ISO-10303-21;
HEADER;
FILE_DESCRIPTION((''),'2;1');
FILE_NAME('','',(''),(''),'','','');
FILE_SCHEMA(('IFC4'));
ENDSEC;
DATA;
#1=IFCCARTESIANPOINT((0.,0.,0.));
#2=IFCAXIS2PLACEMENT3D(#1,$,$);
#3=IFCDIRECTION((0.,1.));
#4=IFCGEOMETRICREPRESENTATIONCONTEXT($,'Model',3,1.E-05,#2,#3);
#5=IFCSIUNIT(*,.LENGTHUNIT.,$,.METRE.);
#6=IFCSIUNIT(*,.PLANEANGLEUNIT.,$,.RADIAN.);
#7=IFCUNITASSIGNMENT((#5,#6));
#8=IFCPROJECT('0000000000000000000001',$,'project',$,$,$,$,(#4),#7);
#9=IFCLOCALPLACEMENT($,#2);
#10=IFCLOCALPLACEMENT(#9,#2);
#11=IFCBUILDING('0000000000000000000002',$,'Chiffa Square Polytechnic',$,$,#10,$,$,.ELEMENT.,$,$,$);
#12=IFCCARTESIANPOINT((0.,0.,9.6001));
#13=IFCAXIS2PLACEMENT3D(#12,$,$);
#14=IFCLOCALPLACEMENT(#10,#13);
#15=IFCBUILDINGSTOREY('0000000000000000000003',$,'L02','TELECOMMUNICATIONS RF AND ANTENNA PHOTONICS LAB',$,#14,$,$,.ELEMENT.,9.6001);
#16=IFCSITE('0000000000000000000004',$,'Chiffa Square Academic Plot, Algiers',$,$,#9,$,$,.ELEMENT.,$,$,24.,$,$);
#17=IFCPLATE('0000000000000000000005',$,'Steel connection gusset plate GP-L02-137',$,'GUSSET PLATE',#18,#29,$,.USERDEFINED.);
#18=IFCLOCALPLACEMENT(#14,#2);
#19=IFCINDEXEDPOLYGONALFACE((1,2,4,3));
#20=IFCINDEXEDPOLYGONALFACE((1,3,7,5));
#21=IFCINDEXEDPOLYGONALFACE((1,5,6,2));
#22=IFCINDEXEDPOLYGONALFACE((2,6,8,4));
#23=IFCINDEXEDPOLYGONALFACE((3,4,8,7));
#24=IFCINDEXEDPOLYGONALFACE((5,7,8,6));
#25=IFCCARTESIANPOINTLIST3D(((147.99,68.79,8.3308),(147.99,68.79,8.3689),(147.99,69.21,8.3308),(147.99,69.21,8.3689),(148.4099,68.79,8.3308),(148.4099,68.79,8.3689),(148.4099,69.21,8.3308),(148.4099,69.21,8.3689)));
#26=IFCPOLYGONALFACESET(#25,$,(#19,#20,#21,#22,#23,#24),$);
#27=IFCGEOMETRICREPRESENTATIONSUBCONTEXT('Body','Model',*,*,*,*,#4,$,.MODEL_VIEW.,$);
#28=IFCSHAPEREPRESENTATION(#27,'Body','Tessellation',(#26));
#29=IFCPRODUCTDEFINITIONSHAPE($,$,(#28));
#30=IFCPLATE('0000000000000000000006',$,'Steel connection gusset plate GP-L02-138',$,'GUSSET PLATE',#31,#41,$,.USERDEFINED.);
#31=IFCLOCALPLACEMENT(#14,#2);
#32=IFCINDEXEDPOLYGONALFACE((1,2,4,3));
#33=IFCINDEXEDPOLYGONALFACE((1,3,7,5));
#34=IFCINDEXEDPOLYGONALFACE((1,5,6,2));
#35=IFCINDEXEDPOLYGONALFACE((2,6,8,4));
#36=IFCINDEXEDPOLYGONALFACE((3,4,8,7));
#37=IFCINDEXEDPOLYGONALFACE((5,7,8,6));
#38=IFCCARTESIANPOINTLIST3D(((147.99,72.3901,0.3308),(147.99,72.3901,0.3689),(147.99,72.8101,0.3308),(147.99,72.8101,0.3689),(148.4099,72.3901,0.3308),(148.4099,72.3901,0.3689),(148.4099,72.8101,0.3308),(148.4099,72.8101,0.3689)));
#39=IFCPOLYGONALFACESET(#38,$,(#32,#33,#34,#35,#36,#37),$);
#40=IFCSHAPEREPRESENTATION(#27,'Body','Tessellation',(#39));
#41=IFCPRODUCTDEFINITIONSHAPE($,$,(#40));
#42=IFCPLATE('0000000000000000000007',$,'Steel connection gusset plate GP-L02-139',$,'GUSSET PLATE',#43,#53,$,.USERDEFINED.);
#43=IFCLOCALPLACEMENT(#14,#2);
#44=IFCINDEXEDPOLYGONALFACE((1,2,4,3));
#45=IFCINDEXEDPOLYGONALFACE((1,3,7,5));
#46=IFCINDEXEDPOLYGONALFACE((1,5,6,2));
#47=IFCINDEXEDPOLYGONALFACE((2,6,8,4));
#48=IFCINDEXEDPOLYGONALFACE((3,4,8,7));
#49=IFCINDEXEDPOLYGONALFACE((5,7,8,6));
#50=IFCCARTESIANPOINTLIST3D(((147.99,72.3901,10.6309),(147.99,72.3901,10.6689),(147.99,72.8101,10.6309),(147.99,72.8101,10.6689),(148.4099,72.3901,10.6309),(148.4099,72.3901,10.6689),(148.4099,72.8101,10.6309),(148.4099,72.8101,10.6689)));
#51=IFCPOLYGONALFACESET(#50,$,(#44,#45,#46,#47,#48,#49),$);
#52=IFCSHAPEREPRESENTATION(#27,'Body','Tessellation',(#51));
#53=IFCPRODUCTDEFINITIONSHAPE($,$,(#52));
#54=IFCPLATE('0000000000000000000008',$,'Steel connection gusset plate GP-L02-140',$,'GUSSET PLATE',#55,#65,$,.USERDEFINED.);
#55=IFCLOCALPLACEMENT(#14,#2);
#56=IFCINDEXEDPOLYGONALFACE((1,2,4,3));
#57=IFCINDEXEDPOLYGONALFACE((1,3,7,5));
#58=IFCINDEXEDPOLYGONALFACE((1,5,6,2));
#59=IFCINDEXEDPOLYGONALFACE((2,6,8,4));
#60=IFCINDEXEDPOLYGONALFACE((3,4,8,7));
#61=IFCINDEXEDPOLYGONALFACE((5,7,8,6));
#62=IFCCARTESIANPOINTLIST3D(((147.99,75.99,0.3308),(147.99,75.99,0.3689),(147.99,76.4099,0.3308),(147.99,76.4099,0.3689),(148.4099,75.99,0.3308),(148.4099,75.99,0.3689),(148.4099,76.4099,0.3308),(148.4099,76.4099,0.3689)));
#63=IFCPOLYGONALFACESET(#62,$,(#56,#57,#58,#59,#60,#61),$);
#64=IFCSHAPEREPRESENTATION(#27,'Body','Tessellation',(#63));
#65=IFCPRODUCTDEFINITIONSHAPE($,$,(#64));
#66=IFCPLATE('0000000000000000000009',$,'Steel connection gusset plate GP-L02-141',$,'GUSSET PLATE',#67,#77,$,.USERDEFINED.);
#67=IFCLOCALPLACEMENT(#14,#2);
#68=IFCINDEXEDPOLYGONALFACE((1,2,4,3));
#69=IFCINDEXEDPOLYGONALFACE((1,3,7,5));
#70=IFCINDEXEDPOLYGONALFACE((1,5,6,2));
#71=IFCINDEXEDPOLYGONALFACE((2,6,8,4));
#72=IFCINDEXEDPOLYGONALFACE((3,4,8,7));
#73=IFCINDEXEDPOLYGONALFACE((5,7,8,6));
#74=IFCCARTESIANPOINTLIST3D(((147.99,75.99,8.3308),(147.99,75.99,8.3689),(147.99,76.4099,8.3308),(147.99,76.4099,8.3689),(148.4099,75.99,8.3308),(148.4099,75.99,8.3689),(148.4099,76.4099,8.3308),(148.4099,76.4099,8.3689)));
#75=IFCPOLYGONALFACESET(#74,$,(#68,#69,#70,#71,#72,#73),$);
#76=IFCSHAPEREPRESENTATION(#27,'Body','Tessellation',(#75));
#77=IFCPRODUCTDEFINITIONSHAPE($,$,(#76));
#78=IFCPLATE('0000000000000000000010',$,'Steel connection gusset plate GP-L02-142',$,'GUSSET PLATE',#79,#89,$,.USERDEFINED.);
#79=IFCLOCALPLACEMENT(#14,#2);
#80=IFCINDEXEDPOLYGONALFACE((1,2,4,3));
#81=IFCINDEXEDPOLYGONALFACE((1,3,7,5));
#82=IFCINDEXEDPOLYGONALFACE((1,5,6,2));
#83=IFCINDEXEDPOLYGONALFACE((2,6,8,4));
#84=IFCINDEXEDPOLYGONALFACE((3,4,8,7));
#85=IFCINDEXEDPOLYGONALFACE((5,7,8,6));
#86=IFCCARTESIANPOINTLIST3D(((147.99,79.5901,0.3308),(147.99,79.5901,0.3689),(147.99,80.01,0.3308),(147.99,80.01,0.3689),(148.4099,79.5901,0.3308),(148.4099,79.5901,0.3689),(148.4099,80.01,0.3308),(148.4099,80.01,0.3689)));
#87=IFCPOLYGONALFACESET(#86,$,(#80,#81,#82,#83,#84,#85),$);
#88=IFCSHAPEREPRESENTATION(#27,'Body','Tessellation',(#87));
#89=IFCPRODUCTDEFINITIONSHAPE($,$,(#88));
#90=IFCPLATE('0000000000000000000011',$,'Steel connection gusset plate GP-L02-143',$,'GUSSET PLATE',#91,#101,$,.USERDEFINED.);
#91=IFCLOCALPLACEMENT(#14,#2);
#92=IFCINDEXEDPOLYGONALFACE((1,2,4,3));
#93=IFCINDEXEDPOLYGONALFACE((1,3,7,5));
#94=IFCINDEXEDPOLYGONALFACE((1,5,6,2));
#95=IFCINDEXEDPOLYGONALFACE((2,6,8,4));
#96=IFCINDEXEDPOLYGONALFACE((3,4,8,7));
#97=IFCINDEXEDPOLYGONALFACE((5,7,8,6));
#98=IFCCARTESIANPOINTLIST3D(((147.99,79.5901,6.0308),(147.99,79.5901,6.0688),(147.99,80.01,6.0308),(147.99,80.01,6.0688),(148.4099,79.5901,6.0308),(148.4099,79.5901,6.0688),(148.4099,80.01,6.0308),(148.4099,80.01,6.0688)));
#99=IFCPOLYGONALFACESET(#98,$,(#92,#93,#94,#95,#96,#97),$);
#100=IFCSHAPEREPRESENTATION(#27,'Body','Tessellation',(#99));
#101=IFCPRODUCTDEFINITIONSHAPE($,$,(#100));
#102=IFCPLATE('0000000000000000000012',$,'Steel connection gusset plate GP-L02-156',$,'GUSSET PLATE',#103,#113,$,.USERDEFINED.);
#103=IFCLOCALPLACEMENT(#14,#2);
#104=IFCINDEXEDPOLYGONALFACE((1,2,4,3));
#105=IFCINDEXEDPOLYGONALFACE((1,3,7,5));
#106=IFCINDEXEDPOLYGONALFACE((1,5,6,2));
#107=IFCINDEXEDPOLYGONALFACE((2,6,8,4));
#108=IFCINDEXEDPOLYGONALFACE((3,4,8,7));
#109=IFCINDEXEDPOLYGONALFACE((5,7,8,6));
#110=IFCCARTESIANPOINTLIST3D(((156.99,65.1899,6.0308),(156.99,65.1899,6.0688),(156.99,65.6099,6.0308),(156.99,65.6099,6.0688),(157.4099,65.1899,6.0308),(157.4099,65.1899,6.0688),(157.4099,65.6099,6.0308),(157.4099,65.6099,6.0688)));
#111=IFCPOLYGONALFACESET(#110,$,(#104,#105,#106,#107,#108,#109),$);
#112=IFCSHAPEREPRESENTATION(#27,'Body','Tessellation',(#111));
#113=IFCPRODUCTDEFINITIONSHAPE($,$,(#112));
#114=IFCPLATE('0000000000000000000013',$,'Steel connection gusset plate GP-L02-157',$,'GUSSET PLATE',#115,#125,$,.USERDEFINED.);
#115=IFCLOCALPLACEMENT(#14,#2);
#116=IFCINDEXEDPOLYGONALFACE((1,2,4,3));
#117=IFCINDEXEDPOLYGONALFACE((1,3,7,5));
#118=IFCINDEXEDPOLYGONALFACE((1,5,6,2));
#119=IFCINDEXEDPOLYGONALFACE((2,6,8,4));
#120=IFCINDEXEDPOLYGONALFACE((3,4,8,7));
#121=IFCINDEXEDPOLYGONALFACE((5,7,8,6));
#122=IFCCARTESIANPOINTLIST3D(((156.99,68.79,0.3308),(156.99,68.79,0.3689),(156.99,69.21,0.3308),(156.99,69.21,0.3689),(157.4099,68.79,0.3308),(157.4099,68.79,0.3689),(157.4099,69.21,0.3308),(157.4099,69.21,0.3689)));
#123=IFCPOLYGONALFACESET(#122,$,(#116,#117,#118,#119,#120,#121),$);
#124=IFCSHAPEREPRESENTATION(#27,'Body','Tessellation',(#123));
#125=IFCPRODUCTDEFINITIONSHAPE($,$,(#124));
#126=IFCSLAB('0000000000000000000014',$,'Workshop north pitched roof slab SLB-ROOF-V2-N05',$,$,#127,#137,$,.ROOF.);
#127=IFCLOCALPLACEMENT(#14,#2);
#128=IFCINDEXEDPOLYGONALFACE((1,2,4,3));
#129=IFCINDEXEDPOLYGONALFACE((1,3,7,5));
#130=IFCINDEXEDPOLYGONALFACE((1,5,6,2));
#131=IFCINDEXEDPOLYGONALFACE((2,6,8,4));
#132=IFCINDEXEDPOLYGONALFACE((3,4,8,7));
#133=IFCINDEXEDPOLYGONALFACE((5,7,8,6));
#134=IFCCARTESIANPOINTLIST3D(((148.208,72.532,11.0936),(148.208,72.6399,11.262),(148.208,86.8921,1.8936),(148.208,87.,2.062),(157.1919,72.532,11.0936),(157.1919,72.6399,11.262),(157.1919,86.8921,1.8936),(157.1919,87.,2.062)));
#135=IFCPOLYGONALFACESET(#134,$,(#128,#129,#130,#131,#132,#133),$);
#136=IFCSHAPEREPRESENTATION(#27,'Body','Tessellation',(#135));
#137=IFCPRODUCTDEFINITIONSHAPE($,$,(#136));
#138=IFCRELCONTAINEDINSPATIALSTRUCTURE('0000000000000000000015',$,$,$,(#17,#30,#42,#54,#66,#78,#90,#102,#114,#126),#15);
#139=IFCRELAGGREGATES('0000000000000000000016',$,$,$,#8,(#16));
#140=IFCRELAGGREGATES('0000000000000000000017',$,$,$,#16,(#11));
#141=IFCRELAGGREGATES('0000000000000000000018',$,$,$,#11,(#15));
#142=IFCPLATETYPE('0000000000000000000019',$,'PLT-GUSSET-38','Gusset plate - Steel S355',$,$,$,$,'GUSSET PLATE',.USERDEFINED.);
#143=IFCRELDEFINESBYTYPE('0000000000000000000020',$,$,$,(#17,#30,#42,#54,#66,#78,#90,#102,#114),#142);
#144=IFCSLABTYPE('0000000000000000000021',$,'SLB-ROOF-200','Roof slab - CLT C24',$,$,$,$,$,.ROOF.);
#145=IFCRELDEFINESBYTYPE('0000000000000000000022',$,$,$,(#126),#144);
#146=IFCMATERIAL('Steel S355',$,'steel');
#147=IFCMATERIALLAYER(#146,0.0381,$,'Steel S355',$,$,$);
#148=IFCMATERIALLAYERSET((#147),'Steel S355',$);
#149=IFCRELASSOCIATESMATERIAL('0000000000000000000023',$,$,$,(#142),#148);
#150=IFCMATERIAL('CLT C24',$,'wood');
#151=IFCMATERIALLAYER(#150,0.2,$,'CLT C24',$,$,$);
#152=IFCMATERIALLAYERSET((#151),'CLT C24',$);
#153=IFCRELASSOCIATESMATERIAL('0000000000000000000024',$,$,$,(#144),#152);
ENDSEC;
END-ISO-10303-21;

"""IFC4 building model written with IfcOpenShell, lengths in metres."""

from ifc_helpers import new_model, si_unit, direction, frame, origin, origin_2d, place, context, subcontext, project, spatial, polyline, rectangle, outline, extrude, material, layer, layer_set, type_object, element, save


model = new_model("IFC4")

# Units and contexts
model_context = context("Model", 3, precision=1e-05, world=origin(), true_north=direction((0.0, 1.0)))
body_context = subcontext(model_context, "Body", "Model", "MODEL_VIEW")
ifc_project = project(units=[si_unit("LENGTHUNIT", "METRE"), si_unit("PLANEANGLEUNIT", "RADIAN")], contexts=[model_context])

# Site, building, storey
site_placement = place(None, origin())
site = spatial("IfcSite", under=ifc_project, at=site_placement, Name="Chiffa Square Academic Plot, Algiers", CompositionType="ELEMENT", RefElevation=24.0)
building_placement = place(site_placement, origin())
building = spatial("IfcBuilding", under=site, at=building_placement, Name="Chiffa Square Polytechnic", CompositionType="ELEMENT")
storey_placement = place(building_placement, frame((0.0, 0.0, 9.6001)))
storey = spatial("IfcBuildingStorey", under=building, at=storey_placement, Name="L02", Description="TELECOMMUNICATIONS RF AND ANTENNA PHOTONICS LAB", CompositionType="ELEMENT", Elevation=9.6001)

# Shared definitions
ifc_material_1 = material(Name="Steel S355", Category="steel")

# Plates
ifc_layer_1 = layer(ifc_material_1, 0.0381, Name="Steel S355")
ifc_layer_set_1 = layer_set([ifc_layer_1], Name="Steel S355")
plate_type = type_object("IfcPlateType", Name="PLT-GUSSET-38", Description="Gusset plate - Steel S355", ElementType="GUSSET PLATE", PredefinedType="USERDEFINED", material=ifc_layer_set_1)
for number, where, z_axis, x_axis, name in (
    (1, (148.2, 69.0, 8.3308), (0.0, 0.0, 1.0), (1.0, 0.0, 0.0), "Steel connection gusset plate GP-L02-137"),
    (2, (148.2, 72.6001, 0.3308), (0.0, 0.0, 1.0), (1.0, 0.0, 0.0), "Steel connection gusset plate GP-L02-138"),
    (3, (148.2, 72.6001, 10.6309), (0.0, 0.0, 1.0), (1.0, 0.0, 0.0), "Steel connection gusset plate GP-L02-139"),
    (4, (148.2, 76.2, 0.3308), (0.0, 0.0, 1.0), (1.0, 0.0, 0.0), "Steel connection gusset plate GP-L02-140"),
    (5, (148.2, 76.2, 8.3308), (0.0, 0.0, 1.0), (1.0, 0.0, 0.0), "Steel connection gusset plate GP-L02-141"),
    (6, (148.2, 79.8, 0.3308), (0.0, 0.0, 1.0), (1.0, 0.0, 0.0), "Steel connection gusset plate GP-L02-142"),
    (7, (148.2, 79.8, 6.0308), (0.0, 0.0, 1.0), (1.0, 0.0, 0.0), "Steel connection gusset plate GP-L02-143"),
    (8, (157.2, 65.3999, 6.0308), (0.0, 0.0, 1.0), (1.0, 0.0, 0.0), "Steel connection gusset plate GP-L02-156"),
    (9, (157.2, 69.0, 0.3308), (0.0, 0.0, 1.0), (1.0, 0.0, 0.0), "Steel connection gusset plate GP-L02-157"),
):
    element("IfcPlate", number, at=place(storey_placement, frame(where, z_axis=z_axis, x_axis=x_axis)), inside=storey, type_object=plate_type, Name=name, ObjectType="GUSSET PLATE", PredefinedType="USERDEFINED", context=body_context, shape_type="SweptSolid", body=[
        extrude(rectangle(XDim=0.4199, YDim=0.4199, at=origin_2d()), origin(), (0.0, 0.0, 1.0), 0.0381),
    ])

# Slab
ifc_material_2 = material(Name="CLT C24", Category="wood")
ifc_layer_2 = layer(ifc_material_2, 0.2, Name="CLT C24")
ifc_layer_set_2 = layer_set([ifc_layer_2], Name="CLT C24")
slab_type = type_object("IfcSlabType", Name="SLB-ROOF-200", Description="Roof slab - CLT C24", PredefinedType="ROOF", material=ifc_layer_set_2)
slab_placement = place(storey_placement, frame((148.208, 72.6399, 11.262), z_axis=(0.0, 0.539448, 0.842019), x_axis=(1.0, 0.0, 0.0)))
element("IfcSlab", 10, at=slab_placement, inside=storey, type_object=slab_type, Name="Workshop north pitched roof slab SLB-ROOF-V2-N05", PredefinedType="ROOF", context=body_context, shape_type="SweptSolid", body=[
    extrude(outline(polyline([(0.0, 0.0), (8.9839, 0.0), (8.9839, 17.0544), (0.0, 17.0544), (0.0, 0.0)])), origin(), (0.0, 0.0, -1.0), 0.2),
])

save(model, "model.ifc")
